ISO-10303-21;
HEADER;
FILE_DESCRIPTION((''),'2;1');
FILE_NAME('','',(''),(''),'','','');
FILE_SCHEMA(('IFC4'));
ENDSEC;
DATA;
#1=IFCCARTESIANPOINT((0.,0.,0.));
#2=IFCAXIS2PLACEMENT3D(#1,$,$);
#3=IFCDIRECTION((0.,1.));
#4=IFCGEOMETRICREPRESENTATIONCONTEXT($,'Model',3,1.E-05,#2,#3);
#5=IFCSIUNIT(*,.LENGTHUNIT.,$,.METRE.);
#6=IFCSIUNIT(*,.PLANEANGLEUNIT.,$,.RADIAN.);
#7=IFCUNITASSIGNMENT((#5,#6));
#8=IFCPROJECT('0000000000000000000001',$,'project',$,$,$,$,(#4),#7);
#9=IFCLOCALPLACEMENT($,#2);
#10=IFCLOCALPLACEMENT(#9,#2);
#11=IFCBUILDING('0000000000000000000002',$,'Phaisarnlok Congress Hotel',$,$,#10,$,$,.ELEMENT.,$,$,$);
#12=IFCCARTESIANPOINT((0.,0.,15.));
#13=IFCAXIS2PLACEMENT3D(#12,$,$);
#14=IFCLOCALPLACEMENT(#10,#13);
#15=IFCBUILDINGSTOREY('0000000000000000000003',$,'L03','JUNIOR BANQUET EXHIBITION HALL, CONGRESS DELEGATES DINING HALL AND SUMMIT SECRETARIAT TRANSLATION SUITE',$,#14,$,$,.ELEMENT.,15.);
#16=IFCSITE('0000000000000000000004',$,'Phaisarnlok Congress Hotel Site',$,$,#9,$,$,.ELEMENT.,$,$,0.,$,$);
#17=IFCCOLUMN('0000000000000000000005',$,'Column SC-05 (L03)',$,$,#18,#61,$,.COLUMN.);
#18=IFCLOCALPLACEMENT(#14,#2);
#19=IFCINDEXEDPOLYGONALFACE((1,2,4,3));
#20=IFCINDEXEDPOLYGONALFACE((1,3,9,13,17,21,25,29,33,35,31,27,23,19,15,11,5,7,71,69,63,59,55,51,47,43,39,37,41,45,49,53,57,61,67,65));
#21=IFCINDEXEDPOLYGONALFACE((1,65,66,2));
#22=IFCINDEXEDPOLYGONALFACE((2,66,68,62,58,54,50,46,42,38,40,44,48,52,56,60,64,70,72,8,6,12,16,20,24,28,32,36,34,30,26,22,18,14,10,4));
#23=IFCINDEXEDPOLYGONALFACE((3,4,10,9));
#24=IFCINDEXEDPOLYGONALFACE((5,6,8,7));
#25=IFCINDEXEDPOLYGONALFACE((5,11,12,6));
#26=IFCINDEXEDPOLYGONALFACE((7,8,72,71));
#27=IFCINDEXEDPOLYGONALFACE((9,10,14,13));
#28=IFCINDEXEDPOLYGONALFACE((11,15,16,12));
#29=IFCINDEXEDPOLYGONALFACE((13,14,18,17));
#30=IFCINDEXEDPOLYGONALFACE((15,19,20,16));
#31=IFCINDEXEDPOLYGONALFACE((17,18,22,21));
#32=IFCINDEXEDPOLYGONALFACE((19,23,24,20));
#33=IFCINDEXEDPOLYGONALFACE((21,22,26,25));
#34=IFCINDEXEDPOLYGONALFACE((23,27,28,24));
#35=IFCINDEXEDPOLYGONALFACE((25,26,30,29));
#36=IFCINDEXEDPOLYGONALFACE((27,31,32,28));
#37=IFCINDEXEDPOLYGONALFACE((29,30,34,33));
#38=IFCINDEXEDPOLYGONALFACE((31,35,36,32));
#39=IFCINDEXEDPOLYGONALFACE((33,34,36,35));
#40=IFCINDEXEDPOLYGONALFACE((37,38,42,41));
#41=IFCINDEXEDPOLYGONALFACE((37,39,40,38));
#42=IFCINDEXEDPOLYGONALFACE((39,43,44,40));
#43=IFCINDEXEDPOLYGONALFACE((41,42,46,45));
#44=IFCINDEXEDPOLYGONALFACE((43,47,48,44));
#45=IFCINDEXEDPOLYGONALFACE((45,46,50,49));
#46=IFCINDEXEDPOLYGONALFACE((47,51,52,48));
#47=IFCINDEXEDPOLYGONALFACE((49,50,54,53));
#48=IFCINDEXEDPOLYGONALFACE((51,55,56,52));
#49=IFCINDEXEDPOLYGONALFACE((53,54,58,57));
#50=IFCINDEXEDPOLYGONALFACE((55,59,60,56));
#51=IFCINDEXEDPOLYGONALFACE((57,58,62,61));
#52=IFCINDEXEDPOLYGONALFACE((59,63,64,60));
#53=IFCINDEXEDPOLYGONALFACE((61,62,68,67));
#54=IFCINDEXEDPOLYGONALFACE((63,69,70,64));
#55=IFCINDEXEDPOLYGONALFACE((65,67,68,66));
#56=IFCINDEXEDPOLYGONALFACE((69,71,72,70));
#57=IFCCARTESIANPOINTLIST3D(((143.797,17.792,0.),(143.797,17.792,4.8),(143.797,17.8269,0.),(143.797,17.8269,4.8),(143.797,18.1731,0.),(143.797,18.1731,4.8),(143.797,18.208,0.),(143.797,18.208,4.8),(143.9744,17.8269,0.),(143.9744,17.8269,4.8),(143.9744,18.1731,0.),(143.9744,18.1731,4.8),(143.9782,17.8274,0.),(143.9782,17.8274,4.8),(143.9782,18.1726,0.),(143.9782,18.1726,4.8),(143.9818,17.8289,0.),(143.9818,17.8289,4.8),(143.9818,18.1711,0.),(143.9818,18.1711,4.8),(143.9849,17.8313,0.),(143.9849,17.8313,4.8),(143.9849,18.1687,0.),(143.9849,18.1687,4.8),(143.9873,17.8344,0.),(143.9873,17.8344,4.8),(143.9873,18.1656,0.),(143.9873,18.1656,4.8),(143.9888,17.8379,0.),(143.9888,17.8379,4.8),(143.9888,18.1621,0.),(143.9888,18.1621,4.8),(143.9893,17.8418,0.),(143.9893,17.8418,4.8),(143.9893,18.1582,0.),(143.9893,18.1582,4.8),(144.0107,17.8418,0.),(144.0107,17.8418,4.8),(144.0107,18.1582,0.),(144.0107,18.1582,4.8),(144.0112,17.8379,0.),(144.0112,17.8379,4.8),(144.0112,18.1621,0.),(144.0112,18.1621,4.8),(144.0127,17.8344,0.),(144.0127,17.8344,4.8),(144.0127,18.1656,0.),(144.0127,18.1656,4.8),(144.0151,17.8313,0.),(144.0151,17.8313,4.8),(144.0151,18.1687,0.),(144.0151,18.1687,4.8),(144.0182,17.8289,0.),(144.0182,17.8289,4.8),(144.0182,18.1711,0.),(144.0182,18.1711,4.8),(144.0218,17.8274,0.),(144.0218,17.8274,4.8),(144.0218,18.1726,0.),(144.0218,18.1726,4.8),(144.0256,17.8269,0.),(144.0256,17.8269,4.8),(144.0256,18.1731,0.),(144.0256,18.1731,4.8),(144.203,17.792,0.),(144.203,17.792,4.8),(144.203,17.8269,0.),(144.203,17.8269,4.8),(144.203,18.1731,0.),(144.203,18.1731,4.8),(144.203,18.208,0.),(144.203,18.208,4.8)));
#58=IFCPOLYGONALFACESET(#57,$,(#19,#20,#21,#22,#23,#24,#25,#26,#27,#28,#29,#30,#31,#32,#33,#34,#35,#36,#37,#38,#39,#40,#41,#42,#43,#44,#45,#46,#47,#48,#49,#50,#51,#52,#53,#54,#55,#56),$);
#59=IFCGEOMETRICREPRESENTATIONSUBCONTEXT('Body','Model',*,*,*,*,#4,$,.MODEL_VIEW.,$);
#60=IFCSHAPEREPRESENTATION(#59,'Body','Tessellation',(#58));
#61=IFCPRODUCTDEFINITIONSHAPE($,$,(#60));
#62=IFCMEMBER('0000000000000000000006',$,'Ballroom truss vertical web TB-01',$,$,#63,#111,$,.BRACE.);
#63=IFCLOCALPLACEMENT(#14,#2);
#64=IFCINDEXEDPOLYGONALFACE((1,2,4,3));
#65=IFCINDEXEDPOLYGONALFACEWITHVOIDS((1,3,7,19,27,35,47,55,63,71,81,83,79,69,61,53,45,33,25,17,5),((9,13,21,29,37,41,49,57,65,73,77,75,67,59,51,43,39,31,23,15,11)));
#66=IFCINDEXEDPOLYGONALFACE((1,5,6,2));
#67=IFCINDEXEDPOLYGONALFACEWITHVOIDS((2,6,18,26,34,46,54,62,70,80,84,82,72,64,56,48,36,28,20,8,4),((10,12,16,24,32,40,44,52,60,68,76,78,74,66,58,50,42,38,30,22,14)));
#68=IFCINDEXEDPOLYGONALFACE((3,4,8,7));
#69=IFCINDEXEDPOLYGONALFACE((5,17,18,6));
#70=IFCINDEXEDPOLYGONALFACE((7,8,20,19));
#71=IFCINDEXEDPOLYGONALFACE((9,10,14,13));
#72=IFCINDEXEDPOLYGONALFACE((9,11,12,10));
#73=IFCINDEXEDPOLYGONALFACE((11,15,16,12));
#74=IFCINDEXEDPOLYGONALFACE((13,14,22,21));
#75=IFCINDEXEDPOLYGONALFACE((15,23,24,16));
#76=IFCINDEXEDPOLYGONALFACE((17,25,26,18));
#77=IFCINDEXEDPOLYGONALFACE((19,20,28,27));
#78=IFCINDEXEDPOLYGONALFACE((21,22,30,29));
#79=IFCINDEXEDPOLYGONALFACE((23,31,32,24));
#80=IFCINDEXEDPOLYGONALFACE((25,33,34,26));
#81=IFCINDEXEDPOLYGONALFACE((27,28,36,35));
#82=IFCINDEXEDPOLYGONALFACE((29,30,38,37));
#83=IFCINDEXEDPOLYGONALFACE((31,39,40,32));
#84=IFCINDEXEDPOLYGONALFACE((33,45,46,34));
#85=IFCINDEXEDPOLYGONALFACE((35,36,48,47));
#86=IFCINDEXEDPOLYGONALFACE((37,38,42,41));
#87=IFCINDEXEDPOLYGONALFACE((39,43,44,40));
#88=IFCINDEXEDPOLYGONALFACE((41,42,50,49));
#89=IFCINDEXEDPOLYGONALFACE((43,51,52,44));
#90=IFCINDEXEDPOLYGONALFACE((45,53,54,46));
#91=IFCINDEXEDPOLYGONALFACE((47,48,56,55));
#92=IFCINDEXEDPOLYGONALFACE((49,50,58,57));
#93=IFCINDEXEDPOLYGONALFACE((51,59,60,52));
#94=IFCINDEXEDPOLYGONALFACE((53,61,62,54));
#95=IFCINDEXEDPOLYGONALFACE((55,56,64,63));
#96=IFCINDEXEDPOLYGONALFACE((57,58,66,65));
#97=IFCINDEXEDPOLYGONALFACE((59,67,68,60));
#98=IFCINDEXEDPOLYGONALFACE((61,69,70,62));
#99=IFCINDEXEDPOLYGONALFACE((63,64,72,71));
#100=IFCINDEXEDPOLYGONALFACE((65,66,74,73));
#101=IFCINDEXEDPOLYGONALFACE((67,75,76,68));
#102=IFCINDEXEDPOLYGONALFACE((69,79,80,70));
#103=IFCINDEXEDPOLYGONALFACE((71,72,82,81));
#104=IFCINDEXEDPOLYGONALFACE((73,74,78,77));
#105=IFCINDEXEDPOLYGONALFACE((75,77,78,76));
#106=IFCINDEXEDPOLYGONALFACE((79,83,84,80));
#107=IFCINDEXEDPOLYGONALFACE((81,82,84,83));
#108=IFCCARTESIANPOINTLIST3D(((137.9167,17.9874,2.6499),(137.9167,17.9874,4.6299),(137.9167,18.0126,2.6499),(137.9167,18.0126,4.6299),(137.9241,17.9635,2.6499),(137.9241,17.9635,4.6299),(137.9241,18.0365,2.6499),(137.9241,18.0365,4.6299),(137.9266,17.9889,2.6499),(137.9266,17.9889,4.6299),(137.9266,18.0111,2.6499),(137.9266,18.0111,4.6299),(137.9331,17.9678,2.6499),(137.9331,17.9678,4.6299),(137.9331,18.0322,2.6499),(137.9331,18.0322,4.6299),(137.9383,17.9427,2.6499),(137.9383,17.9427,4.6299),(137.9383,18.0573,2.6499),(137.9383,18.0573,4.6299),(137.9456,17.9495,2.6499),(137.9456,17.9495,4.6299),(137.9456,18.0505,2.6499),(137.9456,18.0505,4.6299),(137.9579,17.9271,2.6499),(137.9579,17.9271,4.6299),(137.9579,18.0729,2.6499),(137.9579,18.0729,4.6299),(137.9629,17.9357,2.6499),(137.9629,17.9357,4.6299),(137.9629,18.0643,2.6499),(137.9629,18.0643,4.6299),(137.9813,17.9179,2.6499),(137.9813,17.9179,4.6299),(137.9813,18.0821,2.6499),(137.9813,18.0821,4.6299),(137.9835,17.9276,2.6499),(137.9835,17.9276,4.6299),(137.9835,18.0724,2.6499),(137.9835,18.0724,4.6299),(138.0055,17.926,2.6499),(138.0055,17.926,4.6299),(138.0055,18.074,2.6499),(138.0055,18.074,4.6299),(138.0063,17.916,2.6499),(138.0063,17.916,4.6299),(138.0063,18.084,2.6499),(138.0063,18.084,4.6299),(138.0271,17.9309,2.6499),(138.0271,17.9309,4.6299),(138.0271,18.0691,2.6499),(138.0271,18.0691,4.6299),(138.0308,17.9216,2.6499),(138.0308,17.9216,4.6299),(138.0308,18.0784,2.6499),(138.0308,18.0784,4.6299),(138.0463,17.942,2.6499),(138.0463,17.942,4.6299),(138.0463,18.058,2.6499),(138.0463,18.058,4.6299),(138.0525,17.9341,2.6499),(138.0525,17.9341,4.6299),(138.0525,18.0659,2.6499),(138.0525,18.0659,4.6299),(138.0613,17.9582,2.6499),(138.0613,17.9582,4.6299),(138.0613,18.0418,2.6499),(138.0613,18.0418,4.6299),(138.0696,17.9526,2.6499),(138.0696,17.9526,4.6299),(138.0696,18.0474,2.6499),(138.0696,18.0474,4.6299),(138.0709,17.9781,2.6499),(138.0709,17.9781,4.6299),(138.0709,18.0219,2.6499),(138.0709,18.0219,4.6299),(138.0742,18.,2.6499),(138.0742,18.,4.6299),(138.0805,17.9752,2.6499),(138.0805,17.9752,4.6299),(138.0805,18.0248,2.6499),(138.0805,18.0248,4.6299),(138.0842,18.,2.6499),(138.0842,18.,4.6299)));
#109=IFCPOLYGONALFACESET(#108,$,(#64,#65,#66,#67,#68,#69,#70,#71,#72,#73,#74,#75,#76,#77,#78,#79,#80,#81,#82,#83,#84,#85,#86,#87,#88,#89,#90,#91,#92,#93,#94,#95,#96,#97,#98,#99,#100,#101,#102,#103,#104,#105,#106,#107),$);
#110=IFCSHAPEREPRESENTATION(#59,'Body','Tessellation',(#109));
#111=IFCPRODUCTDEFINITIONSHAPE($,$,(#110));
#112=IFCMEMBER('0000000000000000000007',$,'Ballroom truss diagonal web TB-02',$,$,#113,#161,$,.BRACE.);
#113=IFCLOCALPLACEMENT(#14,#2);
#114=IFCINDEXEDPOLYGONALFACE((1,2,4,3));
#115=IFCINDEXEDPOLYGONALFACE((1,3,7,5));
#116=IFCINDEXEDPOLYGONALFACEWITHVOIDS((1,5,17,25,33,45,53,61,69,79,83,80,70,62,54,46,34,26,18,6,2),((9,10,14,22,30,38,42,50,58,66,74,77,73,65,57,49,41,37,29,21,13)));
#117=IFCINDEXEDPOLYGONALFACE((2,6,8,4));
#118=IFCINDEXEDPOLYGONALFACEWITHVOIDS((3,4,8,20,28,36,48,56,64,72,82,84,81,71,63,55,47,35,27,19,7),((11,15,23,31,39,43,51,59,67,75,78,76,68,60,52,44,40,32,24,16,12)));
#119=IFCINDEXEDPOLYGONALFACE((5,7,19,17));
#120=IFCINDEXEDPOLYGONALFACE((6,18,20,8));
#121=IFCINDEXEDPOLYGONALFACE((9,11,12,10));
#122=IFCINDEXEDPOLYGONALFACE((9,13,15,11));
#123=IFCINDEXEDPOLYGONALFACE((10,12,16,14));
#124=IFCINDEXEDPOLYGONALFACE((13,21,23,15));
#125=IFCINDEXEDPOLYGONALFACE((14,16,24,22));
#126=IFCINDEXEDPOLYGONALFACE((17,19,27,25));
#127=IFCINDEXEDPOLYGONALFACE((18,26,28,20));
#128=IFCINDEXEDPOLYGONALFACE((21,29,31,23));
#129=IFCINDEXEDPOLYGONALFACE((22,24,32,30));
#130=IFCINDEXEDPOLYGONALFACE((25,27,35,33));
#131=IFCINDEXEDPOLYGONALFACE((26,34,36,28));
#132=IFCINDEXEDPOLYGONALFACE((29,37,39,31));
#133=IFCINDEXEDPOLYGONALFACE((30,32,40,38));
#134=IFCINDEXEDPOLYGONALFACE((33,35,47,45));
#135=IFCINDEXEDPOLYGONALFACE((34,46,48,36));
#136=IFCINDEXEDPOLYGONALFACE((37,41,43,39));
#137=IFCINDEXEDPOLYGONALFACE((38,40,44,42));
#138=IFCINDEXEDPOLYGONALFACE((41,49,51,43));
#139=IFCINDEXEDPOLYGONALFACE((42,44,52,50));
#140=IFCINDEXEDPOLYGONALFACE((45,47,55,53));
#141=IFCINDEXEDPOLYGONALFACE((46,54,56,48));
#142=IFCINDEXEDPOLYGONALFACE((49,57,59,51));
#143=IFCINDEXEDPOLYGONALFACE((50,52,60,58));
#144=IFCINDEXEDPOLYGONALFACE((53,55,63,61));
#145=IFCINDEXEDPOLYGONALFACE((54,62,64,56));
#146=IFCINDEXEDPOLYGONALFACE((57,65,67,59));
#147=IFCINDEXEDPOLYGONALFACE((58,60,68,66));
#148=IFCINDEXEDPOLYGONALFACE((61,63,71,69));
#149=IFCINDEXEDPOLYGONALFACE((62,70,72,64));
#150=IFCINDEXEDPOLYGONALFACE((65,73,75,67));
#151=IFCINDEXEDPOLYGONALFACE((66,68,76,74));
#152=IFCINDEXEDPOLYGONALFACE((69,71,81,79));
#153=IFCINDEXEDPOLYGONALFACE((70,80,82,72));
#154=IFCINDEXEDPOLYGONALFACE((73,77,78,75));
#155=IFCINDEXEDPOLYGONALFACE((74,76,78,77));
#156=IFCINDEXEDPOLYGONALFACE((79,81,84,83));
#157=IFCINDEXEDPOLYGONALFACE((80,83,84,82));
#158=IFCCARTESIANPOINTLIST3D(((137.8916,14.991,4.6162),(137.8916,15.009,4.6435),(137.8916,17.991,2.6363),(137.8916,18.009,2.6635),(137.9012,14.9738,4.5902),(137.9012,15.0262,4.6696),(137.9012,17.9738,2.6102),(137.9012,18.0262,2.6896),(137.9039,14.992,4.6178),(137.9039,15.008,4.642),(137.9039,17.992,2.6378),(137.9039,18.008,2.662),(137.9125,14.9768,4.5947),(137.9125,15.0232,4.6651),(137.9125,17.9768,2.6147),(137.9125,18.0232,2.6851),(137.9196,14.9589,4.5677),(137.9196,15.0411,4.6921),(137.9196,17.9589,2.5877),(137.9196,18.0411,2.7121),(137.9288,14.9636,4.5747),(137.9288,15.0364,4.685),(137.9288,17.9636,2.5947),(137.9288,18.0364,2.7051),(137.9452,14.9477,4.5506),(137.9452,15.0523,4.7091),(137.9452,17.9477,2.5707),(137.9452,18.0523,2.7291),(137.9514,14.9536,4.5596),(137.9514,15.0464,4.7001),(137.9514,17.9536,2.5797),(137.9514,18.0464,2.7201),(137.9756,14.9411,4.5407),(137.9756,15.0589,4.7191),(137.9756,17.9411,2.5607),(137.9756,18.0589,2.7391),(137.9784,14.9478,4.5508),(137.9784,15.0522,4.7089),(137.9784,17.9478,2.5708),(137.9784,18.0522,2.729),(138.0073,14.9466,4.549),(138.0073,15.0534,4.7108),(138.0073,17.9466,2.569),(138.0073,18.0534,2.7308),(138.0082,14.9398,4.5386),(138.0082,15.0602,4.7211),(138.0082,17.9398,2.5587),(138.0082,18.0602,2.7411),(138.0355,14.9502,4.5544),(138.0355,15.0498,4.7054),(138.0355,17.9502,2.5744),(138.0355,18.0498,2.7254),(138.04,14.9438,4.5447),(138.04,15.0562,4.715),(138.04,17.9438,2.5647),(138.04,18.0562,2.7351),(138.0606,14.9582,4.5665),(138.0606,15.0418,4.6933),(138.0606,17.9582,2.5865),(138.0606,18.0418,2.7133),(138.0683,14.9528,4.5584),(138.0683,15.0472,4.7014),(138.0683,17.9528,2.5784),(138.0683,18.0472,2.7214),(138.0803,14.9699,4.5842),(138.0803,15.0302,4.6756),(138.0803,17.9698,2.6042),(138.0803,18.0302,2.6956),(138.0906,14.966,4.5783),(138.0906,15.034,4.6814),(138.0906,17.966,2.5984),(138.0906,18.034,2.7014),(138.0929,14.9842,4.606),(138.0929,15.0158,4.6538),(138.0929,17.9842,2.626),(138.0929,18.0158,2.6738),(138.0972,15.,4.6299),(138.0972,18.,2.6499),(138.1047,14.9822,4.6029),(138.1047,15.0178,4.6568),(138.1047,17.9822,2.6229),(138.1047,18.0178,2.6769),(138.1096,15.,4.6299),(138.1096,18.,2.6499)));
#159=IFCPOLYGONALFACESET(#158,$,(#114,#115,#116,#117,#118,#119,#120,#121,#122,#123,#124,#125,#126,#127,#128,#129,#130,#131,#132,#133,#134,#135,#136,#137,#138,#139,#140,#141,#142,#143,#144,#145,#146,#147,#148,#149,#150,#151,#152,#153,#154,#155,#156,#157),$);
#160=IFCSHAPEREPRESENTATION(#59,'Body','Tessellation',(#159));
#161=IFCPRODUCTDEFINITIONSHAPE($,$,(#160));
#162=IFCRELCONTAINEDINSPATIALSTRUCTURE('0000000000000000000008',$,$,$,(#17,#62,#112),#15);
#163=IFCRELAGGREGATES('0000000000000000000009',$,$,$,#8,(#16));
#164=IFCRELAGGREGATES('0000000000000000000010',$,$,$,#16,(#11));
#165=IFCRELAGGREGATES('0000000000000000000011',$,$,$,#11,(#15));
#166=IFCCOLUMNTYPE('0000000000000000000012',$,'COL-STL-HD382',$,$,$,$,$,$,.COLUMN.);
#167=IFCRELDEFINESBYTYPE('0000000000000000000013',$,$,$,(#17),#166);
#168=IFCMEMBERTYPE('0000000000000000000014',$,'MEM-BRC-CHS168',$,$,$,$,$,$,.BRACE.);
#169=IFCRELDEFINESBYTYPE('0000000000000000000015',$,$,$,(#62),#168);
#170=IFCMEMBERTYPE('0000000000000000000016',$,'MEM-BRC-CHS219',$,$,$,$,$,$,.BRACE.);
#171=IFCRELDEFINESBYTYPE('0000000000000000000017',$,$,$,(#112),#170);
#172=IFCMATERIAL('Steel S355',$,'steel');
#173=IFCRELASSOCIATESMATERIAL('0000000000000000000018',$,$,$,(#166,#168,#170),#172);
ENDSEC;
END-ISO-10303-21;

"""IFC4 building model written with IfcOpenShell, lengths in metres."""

from ifc_helpers import new_model, si_unit, direction, frame, origin, origin_2d, place, context, subcontext, project, spatial, hollow_circle, i_section, extrude, material, material_profile, profile_set, type_object, element, save


model = new_model("IFC4")

# Units and contexts
model_context = context("Model", 3, precision=1e-05, world=origin(), true_north=direction((0.0, 1.0)))
body_context = subcontext(model_context, "Body", "Model", "MODEL_VIEW")
ifc_project = project(units=[si_unit("LENGTHUNIT", "METRE"), si_unit("PLANEANGLEUNIT", "RADIAN")], contexts=[model_context])

# Site, building, storey
site_placement = place(None, origin())
site = spatial("IfcSite", under=ifc_project, at=site_placement, Name="Phaisarnlok Congress Hotel Site", CompositionType="ELEMENT", RefElevation=0.0)
building_placement = place(site_placement, origin())
building = spatial("IfcBuilding", under=site, at=building_placement, Name="Phaisarnlok Congress Hotel", CompositionType="ELEMENT")
storey_placement = place(building_placement, frame((0.0, 0.0, 15.0)))
storey = spatial("IfcBuildingStorey", under=building, at=storey_placement, Name="L03", Description="JUNIOR BANQUET EXHIBITION HALL, CONGRESS DELEGATES DINING HALL AND SUMMIT SECRETARIAT TRANSLATION SUITE", CompositionType="ELEMENT", Elevation=15.0)

# Column
ifc_material_1 = material(Name="Steel S355", Category="steel")
ifc_material_profile_1 = material_profile(ifc_material_1, i_section(OverallWidth=0.406, OverallDepth=0.416, WebThickness=0.0215, FlangeThickness=0.0349, FilletRadius=0.0149, at=origin_2d()), Name="HD 400x382")
ifc_profile_set_1 = profile_set([ifc_material_profile_1], Name="Steel S355")
column_type = type_object("IfcColumnType", Name="COL-STL-HD382", PredefinedType="COLUMN", material=ifc_profile_set_1)
column_placement = place(storey_placement, frame((144.0, 18.0, 0.0), z_axis=(0.0, 0.0, 1.0), x_axis=(1.0, 0.0, 0.0)))
element("IfcColumn", 1, at=column_placement, inside=storey, type_object=column_type, Name="Column SC-05 (L03)", PredefinedType="COLUMN", context=body_context, shape_type="SweptSolid", body=[
    extrude(i_section(OverallWidth=0.406, OverallDepth=0.416, WebThickness=0.0215, FlangeThickness=0.0349, FilletRadius=0.0149, at=origin_2d()), origin(), (0.0, 0.0, 1.0), 4.8),
])

# Members
ifc_material_profile_2 = material_profile(ifc_material_1, hollow_circle(Radius=0.0842, WallThickness=0.01, at=origin_2d()), Name="CHS 168.3x10")
ifc_profile_set_2 = profile_set([ifc_material_profile_2], Name="Steel S355")
member_type_1 = type_object("IfcMemberType", Name="MEM-BRC-CHS168", PredefinedType="BRACE", material=ifc_profile_set_2)
member_1_placement = place(storey_placement, frame((138.0, 18.0, 2.6499), z_axis=(0.0, 0.0, 1.0), x_axis=(1.0, 0.0, 0.0)))
element("IfcMember", 2, at=member_1_placement, inside=storey, type_object=member_type_1, Name="Ballroom truss vertical web TB-01", PredefinedType="BRACE", context=body_context, shape_type="SweptSolid", body=[
    extrude(hollow_circle(Radius=0.0842, WallThickness=0.01, at=origin_2d()), origin(), (0.0, 0.0, 1.0), 1.98),
])
ifc_material_profile_3 = material_profile(ifc_material_1, hollow_circle(Radius=0.1096, WallThickness=0.0125, at=origin_2d()), Name="CHS 219.1x12.5")
ifc_profile_set_3 = profile_set([ifc_material_profile_3], Name="Steel S355")
member_type_2 = type_object("IfcMemberType", Name="MEM-BRC-CHS219", PredefinedType="BRACE", material=ifc_profile_set_3)
for number, where, z_axis, x_axis, name in (
    (3, (138.0, 18.0, 2.6499), (0.0, -0.834612, 0.550838), (1.0, 0.0, 0.0), "Ballroom truss diagonal web TB-02"),
):
    element("IfcMember", number, at=place(storey_placement, frame(where, z_axis=z_axis, x_axis=x_axis)), inside=storey, type_object=member_type_2, Name=name, PredefinedType="BRACE", context=body_context, shape_type="SweptSolid", body=[
        extrude(hollow_circle(Radius=0.1096, WallThickness=0.0125, at=origin_2d()), origin(), (0.0, 0.0, 1.0), 3.5945),
    ])

save(model, "model.ifc")
